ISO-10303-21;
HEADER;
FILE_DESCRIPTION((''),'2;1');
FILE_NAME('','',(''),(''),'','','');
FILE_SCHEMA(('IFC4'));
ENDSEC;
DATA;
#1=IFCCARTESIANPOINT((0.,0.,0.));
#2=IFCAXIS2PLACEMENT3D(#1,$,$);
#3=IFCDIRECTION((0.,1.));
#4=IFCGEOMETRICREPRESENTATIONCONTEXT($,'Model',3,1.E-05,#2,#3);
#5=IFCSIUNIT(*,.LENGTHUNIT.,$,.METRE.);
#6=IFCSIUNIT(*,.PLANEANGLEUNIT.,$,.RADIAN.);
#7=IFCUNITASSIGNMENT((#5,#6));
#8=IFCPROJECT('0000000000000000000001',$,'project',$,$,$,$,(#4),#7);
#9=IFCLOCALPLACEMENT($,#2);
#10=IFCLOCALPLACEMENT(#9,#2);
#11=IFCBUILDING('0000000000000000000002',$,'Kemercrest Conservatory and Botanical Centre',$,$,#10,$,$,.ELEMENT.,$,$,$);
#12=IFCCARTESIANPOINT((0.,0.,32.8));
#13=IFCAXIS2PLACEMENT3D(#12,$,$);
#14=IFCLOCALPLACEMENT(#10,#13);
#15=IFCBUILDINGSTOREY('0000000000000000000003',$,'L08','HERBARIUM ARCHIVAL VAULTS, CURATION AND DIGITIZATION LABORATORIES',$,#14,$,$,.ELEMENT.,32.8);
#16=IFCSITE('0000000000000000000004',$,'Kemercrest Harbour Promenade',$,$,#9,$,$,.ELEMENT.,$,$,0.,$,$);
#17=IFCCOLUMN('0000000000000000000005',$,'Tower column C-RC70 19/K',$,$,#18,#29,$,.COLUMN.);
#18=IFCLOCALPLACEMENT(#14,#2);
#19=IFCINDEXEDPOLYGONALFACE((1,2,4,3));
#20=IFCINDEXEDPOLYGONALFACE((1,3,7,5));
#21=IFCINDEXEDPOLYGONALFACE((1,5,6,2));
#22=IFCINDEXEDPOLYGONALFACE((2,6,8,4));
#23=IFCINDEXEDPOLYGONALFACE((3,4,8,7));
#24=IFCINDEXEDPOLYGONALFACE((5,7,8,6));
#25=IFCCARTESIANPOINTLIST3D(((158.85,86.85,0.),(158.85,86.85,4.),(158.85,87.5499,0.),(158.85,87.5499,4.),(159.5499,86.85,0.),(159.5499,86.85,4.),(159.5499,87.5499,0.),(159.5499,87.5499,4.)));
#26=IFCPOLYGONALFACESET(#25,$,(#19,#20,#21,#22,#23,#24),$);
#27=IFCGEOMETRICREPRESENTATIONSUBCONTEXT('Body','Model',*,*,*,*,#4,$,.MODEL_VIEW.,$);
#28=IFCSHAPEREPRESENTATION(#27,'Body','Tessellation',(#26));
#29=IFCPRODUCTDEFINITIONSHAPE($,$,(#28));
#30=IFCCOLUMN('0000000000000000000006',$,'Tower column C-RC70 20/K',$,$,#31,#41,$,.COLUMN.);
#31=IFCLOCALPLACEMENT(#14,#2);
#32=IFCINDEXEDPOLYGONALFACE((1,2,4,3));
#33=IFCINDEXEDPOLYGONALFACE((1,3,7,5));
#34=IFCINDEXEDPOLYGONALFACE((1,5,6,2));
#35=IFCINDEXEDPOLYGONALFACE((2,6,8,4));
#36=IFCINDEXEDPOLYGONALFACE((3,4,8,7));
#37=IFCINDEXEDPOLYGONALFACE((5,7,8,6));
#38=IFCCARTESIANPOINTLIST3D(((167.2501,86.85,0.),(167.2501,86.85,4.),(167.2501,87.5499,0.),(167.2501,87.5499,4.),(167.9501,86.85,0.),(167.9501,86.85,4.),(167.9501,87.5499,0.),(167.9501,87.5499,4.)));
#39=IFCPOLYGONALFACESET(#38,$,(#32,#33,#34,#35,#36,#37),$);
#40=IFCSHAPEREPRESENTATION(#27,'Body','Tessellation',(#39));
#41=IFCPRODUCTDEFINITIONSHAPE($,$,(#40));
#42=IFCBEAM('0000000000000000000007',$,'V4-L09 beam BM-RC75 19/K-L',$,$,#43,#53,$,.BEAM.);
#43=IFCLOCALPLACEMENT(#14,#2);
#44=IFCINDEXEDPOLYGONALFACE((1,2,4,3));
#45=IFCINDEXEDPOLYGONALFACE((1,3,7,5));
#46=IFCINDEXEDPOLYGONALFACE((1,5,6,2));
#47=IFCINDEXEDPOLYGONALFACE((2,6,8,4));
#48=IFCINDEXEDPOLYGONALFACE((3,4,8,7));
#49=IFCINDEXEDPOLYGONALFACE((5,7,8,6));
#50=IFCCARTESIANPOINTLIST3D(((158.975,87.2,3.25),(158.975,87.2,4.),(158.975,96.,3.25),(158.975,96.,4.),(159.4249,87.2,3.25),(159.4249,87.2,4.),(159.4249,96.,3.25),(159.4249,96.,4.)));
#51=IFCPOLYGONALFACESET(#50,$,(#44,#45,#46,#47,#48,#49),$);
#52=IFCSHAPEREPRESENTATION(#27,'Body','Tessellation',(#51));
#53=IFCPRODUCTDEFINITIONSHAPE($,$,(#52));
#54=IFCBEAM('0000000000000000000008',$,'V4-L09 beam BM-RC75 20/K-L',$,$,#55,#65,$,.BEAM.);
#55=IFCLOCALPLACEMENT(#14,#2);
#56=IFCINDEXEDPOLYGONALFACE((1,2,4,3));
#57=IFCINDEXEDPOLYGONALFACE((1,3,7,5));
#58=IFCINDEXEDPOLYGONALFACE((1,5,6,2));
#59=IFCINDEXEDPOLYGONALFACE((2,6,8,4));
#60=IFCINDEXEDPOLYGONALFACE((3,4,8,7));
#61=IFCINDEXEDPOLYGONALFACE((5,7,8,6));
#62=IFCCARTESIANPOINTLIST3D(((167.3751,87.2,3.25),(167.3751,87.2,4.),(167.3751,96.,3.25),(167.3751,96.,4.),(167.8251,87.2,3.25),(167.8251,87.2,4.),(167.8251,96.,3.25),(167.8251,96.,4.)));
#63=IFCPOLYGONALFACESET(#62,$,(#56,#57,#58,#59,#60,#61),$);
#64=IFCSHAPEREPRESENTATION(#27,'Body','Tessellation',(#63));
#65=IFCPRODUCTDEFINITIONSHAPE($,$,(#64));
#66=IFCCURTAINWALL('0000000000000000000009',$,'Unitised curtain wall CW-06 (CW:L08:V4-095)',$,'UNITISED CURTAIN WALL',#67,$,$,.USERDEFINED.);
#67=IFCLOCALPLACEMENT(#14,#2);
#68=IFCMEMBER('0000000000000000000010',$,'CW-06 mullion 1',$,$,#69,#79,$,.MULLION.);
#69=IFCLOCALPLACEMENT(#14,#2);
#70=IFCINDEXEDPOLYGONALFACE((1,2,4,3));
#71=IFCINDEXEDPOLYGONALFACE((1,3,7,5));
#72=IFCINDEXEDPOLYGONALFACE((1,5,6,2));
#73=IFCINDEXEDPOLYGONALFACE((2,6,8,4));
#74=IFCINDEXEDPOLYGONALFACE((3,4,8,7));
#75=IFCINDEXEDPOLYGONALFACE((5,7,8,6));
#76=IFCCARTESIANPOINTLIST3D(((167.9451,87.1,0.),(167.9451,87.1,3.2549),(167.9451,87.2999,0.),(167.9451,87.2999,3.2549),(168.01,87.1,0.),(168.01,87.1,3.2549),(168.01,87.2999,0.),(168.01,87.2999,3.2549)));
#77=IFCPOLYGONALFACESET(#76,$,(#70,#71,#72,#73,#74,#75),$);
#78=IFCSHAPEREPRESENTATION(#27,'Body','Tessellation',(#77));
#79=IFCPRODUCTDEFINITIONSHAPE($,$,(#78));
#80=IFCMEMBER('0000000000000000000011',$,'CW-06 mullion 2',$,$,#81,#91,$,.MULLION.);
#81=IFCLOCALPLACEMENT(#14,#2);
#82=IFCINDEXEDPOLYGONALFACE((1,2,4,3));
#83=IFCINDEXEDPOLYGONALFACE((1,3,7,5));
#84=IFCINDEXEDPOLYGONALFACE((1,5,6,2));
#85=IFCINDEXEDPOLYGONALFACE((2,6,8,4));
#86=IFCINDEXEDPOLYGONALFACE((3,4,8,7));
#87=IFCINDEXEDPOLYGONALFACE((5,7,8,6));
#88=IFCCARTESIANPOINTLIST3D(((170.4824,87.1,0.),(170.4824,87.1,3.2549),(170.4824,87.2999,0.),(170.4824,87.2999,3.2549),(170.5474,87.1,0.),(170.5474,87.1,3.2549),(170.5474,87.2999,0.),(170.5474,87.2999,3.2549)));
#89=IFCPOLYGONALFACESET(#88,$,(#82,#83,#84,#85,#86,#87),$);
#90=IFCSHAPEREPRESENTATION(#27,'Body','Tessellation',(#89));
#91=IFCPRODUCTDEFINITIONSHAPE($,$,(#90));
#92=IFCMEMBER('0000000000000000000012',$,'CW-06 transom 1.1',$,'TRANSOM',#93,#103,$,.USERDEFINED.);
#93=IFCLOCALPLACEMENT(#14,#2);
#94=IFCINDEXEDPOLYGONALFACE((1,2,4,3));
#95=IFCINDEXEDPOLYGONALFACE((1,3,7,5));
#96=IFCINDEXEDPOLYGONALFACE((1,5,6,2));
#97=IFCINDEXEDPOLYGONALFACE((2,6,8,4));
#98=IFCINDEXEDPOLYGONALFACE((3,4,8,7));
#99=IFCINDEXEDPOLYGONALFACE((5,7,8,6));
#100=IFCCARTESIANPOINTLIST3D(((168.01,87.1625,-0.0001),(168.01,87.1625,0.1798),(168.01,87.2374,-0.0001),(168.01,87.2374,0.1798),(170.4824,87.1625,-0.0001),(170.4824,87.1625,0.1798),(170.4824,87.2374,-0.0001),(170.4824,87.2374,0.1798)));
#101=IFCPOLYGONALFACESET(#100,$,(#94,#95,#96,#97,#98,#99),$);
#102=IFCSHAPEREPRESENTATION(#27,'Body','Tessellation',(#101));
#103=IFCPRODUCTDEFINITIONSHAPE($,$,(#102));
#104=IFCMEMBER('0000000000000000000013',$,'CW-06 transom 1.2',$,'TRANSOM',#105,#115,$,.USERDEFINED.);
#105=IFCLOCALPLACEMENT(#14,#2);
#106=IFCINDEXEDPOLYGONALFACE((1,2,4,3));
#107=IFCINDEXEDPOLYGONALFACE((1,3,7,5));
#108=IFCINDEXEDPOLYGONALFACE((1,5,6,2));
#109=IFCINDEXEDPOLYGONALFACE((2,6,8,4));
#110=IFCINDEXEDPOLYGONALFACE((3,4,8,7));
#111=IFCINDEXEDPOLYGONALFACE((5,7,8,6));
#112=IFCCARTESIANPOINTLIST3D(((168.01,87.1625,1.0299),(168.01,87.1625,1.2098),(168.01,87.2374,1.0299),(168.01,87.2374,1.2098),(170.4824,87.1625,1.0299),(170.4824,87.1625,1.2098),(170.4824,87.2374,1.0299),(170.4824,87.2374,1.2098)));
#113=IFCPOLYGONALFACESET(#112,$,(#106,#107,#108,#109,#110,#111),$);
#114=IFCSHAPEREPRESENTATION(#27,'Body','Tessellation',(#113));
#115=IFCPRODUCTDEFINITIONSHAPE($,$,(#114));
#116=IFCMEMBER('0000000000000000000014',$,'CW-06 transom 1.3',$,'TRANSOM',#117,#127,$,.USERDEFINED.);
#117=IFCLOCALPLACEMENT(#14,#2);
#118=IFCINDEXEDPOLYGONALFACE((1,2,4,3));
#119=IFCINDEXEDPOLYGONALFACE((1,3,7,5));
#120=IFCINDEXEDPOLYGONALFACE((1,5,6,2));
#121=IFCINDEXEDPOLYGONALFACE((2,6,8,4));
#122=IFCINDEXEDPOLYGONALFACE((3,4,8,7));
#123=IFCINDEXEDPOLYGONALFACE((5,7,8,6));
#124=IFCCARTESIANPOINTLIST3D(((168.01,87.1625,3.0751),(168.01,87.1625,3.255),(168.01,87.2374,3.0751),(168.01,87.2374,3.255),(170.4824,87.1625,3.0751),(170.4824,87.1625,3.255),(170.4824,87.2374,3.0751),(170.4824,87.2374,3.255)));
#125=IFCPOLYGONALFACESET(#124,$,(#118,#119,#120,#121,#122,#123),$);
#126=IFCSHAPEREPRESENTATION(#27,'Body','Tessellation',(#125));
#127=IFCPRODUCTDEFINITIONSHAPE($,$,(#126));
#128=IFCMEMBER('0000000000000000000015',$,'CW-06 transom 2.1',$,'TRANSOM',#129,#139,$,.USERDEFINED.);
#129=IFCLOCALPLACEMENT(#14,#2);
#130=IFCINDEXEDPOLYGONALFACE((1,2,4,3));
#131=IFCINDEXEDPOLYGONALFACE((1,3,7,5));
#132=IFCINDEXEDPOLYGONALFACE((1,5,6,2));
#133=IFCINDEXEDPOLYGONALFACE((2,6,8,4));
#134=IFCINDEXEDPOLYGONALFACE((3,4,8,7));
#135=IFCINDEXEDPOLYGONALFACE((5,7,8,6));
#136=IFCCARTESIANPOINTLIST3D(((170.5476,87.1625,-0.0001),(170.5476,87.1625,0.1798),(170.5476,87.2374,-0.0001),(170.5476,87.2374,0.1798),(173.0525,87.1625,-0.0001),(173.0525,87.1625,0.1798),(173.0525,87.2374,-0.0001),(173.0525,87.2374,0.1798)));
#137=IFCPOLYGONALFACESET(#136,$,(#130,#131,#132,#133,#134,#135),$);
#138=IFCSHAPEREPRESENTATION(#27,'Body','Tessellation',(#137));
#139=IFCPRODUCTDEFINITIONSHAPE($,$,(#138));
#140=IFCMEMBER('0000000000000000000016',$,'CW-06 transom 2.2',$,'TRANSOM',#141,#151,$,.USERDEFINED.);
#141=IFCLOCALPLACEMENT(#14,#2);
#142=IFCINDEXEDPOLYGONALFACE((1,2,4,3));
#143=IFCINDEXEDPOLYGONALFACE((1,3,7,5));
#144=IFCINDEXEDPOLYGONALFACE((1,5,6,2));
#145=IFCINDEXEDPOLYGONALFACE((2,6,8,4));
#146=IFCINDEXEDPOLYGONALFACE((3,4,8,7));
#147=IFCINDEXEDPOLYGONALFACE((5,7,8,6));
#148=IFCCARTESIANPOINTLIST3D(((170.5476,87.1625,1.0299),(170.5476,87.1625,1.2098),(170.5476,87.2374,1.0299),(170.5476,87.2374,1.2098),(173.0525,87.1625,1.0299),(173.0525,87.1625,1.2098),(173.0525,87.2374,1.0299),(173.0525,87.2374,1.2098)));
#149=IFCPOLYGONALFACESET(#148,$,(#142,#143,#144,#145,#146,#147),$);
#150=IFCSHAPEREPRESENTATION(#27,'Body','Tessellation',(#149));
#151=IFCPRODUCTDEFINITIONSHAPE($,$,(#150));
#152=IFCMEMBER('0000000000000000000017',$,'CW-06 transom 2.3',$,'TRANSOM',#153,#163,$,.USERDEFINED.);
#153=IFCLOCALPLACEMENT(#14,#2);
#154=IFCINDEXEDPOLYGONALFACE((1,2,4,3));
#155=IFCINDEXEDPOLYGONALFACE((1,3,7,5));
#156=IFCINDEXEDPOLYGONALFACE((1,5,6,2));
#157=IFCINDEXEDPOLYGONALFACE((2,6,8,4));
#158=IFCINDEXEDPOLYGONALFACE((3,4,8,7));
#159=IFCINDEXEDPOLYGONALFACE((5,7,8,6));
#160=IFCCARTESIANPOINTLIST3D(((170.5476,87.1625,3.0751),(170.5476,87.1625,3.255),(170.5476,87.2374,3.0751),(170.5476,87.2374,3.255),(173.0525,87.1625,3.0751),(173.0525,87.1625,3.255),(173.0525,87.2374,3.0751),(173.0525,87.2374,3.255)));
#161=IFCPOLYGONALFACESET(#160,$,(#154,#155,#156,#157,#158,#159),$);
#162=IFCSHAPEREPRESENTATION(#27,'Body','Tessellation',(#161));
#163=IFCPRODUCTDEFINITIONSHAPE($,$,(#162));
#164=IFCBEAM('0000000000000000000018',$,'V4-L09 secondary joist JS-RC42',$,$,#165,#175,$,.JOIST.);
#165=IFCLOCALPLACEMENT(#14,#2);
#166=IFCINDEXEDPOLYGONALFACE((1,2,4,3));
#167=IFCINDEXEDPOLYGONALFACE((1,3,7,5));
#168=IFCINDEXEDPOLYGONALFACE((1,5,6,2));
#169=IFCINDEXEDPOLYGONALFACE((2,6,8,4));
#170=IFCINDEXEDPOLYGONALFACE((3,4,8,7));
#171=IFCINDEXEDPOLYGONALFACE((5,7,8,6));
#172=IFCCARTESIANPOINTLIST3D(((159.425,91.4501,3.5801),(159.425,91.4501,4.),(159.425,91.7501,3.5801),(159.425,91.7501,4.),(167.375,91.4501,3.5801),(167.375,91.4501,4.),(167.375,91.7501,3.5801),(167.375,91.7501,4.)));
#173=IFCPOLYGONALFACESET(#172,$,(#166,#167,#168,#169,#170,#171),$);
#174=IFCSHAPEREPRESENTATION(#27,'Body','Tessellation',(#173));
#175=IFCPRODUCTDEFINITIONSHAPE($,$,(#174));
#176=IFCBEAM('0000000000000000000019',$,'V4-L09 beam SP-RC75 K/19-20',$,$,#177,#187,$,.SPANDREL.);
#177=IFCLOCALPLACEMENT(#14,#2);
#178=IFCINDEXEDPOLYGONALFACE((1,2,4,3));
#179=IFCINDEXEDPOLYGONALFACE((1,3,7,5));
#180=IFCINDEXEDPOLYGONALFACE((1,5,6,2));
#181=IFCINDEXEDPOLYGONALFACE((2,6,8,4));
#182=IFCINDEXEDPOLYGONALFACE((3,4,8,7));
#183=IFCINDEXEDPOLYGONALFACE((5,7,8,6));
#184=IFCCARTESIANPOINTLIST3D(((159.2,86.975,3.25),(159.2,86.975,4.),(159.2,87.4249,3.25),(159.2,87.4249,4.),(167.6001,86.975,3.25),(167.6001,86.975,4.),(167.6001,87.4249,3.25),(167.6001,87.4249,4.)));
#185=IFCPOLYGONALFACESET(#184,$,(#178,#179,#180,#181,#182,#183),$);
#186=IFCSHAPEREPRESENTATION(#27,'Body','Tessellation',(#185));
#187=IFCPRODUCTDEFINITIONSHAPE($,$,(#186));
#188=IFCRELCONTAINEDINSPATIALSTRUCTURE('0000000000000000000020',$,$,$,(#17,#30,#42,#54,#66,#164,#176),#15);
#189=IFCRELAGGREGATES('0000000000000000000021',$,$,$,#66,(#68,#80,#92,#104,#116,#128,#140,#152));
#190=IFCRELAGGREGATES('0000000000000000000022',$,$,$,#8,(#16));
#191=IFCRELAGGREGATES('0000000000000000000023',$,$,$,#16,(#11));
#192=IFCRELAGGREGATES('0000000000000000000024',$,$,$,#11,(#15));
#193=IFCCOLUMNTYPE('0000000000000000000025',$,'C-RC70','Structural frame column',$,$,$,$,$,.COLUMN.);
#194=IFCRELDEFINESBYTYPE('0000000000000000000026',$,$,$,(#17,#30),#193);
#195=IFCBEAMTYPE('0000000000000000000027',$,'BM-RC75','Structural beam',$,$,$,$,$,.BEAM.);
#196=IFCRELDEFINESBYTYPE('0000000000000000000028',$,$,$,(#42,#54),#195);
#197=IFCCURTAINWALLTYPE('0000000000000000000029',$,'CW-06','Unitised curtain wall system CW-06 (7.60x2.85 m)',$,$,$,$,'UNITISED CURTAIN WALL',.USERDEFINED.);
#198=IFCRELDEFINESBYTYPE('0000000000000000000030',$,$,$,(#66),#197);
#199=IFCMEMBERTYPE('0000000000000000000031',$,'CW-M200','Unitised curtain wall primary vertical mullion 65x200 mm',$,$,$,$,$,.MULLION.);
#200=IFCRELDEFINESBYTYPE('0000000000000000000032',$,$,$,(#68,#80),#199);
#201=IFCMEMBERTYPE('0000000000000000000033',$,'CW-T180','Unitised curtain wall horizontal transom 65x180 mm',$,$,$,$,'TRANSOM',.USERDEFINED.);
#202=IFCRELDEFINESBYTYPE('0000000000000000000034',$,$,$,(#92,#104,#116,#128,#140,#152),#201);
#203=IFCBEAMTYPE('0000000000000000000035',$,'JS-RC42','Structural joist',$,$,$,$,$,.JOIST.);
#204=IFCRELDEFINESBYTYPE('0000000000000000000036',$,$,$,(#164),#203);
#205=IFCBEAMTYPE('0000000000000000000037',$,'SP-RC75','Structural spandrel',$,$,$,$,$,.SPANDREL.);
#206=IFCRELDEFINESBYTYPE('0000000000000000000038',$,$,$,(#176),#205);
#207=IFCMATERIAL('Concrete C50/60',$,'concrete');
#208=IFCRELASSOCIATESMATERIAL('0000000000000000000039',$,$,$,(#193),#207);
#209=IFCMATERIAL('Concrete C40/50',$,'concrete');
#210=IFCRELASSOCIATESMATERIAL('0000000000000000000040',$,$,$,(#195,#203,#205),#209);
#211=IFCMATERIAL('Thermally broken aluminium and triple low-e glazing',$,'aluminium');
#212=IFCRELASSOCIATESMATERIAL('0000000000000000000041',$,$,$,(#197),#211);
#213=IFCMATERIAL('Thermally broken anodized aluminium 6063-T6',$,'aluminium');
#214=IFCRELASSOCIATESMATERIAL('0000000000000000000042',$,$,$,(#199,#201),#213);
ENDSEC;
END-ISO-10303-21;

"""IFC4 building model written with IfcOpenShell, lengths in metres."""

from ifc_helpers import new_model, si_unit, direction, frame, origin, origin_2d, place, context, subcontext, project, spatial, rectangle, extrude, material, material_profile, profile_set, type_object, element, aggregate, save


model = new_model("IFC4")

# Units and contexts
model_context = context("Model", 3, precision=1e-05, world=origin(), true_north=direction((0.0, 1.0)))
body_context = subcontext(model_context, "Body", "Model", "MODEL_VIEW")
ifc_project = project(units=[si_unit("LENGTHUNIT", "METRE"), si_unit("PLANEANGLEUNIT", "RADIAN")], contexts=[model_context])

# Site, building, storey
site_placement = place(None, origin())
site = spatial("IfcSite", under=ifc_project, at=site_placement, Name="Kemercrest Harbour Promenade", CompositionType="ELEMENT", RefElevation=0.0)
building_placement = place(site_placement, origin())
building = spatial("IfcBuilding", under=site, at=building_placement, Name="Kemercrest Conservatory and Botanical Centre", CompositionType="ELEMENT")
storey_placement = place(building_placement, frame((0.0, 0.0, 32.8)))
storey = spatial("IfcBuildingStorey", under=building, at=storey_placement, Name="L08", Description="HERBARIUM ARCHIVAL VAULTS, CURATION AND DIGITIZATION LABORATORIES", CompositionType="ELEMENT", Elevation=32.8)

# Columns
ifc_material_1 = material(Name="Concrete C50/60", Category="concrete")
ifc_material_profile_1 = material_profile(ifc_material_1, rectangle(XDim=0.7, YDim=0.7, at=origin_2d()), Name="RC 700x700")
ifc_profile_set_1 = profile_set([ifc_material_profile_1], Name="Concrete C50/60")
column_type = type_object("IfcColumnType", Name="C-RC70", Description="Structural frame column", PredefinedType="COLUMN", material=ifc_profile_set_1)
for number, where, z_axis, x_axis, name in (
    (1, (159.2, 87.2, 0.0), (0.0, 0.0, 1.0), (1.0, 0.0, 0.0), "Tower column C-RC70 19/K"),
    (2, (167.6001, 87.2, 0.0), (0.0, 0.0, 1.0), (1.0, 0.0, 0.0), "Tower column C-RC70 20/K"),
):
    element("IfcColumn", number, at=place(storey_placement, frame(where, z_axis=z_axis, x_axis=x_axis)), inside=storey, type_object=column_type, Name=name, PredefinedType="COLUMN", context=body_context, shape_type="SweptSolid", body=[
        extrude(rectangle(XDim=0.7, YDim=0.7, at=origin_2d()), origin(), (0.0, 0.0, 1.0), 4.0),
    ])

# Beams
ifc_material_2 = material(Name="Concrete C40/50", Category="concrete")
ifc_material_profile_2 = material_profile(ifc_material_2, rectangle(XDim=0.45, YDim=0.75, at=origin_2d()), Name="RC 450x750")
ifc_profile_set_2 = profile_set([ifc_material_profile_2], Name="Concrete C40/50")
beam_type_1 = type_object("IfcBeamType", Name="BM-RC75", Description="Structural beam", PredefinedType="BEAM", material=ifc_profile_set_2)
for number, where, z_axis, x_axis, name in (
    (3, (159.2, 87.2, 3.625), (0.0, 1.0, 0.0), (-1.0, 0.0, 0.0), "V4-L09 beam BM-RC75 19/K-L"),
    (4, (167.6001, 87.2, 3.625), (0.0, 1.0, 0.0), (-1.0, 0.0, 0.0), "V4-L09 beam BM-RC75 20/K-L"),
):
    element("IfcBeam", number, at=place(storey_placement, frame(where, z_axis=z_axis, x_axis=x_axis)), inside=storey, type_object=beam_type_1, Name=name, PredefinedType="BEAM", context=body_context, shape_type="SweptSolid", body=[
        extrude(rectangle(XDim=0.45, YDim=0.75, at=origin_2d()), origin(), (0.0, 0.0, 1.0), 8.8),
    ])

# Curtain wall, members
ifc_material_3 = material(Name="Thermally broken aluminium and triple low-e glazing", Category="aluminium")
curtain_wall_type = type_object("IfcCurtainWallType", Name="CW-06", Description="Unitised curtain wall system CW-06 (7.60x2.85 m)", ElementType="UNITISED CURTAIN WALL", PredefinedType="USERDEFINED", material=ifc_material_3)
curtain_wall_placement = place(storey_placement, origin())
curtain_wall = element("IfcCurtainWall", 5, at=curtain_wall_placement, inside=storey, type_object=curtain_wall_type, Name="Unitised curtain wall CW-06 (CW:L08:V4-095)", ObjectType="UNITISED CURTAIN WALL", PredefinedType="USERDEFINED")
ifc_material_4 = material(Name="Thermally broken anodized aluminium 6063-T6", Category="aluminium")
ifc_material_profile_3 = material_profile(ifc_material_4, rectangle(XDim=0.2, YDim=0.0649, at=origin_2d()), Name="AL MULLION 65x200")
ifc_profile_set_3 = profile_set([ifc_material_profile_3], Name="Thermally broken anodized aluminium 6063-T6")
member_type_1 = type_object("IfcMemberType", Name="CW-M200", Description="Unitised curtain wall primary vertical mullion 65x200 mm", PredefinedType="MULLION", material=ifc_profile_set_3)
member_1_placement = place(storey_placement, frame((167.9775, 87.2, 0.0), z_axis=(0.0, 0.0, 1.0), x_axis=(0.0, 1.0, 0.0)))
member_1 = element("IfcMember", 6, at=member_1_placement, type_object=member_type_1, Name="CW-06 mullion 1", PredefinedType="MULLION", context=body_context, shape_type="SweptSolid", body=[
    extrude(rectangle(XDim=0.2, YDim=0.0649, at=origin_2d()), origin(), (0.0, 0.0, 1.0), 3.2549),
])
member_2_placement = place(storey_placement, frame((170.5149, 87.2, 0.0), z_axis=(0.0, 0.0, 1.0), x_axis=(0.0, 1.0, 0.0)))
member_2 = element("IfcMember", 7, at=member_2_placement, type_object=member_type_1, Name="CW-06 mullion 2", PredefinedType="MULLION", context=body_context, shape_type="SweptSolid", body=[
    extrude(rectangle(XDim=0.2, YDim=0.0649, at=origin_2d()), origin(), (0.0, 0.0, 1.0), 3.2549),
])
ifc_material_profile_4 = material_profile(ifc_material_4, rectangle(XDim=0.075, YDim=0.1799, at=origin_2d()), Name="AL TRANSOM 75x180")
ifc_profile_set_4 = profile_set([ifc_material_profile_4], Name="Thermally broken anodized aluminium 6063-T6")
member_type_2 = type_object("IfcMemberType", Name="CW-T180", Description="Unitised curtain wall horizontal transom 65x180 mm", ElementType="TRANSOM", PredefinedType="USERDEFINED", material=ifc_profile_set_4)
member_3_placement = place(storey_placement, frame((168.01, 87.2, 0.0898), z_axis=(1.0, 0.0, 0.0), x_axis=(0.0, 1.0, 0.0)))
member_3 = element("IfcMember", 8, at=member_3_placement, type_object=member_type_2, Name="CW-06 transom 1.1", ObjectType="TRANSOM", PredefinedType="USERDEFINED", context=body_context, shape_type="SweptSolid", body=[
    extrude(rectangle(XDim=0.075, YDim=0.1799, at=origin_2d()), origin(), (0.0, 0.0, 1.0), 2.4724),
])
member_4_placement = place(storey_placement, frame((168.01, 87.2, 1.1199), z_axis=(1.0, 0.0, 0.0), x_axis=(0.0, 1.0, 0.0)))
member_4 = element("IfcMember", 9, at=member_4_placement, type_object=member_type_2, Name="CW-06 transom 1.2", ObjectType="TRANSOM", PredefinedType="USERDEFINED", context=body_context, shape_type="SweptSolid", body=[
    extrude(rectangle(XDim=0.075, YDim=0.1799, at=origin_2d()), origin(), (0.0, 0.0, 1.0), 2.4724),
])
member_5_placement = place(storey_placement, frame((168.01, 87.2, 3.165), z_axis=(1.0, 0.0, 0.0), x_axis=(0.0, 1.0, 0.0)))
member_5 = element("IfcMember", 10, at=member_5_placement, type_object=member_type_2, Name="CW-06 transom 1.3", ObjectType="TRANSOM", PredefinedType="USERDEFINED", context=body_context, shape_type="SweptSolid", body=[
    extrude(rectangle(XDim=0.075, YDim=0.1799, at=origin_2d()), origin(), (0.0, 0.0, 1.0), 2.4724),
])
member_6_placement = place(storey_placement, frame((170.5476, 87.2, 0.0898), z_axis=(1.0, 0.0, 0.0), x_axis=(0.0, 1.0, 0.0)))
member_6 = element("IfcMember", 11, at=member_6_placement, type_object=member_type_2, Name="CW-06 transom 2.1", ObjectType="TRANSOM", PredefinedType="USERDEFINED", context=body_context, shape_type="SweptSolid", body=[
    extrude(rectangle(XDim=0.075, YDim=0.1799, at=origin_2d()), origin(), (0.0, 0.0, 1.0), 2.5049),
])
member_7_placement = place(storey_placement, frame((170.5476, 87.2, 1.1199), z_axis=(1.0, 0.0, 0.0), x_axis=(0.0, 1.0, 0.0)))
member_7 = element("IfcMember", 12, at=member_7_placement, type_object=member_type_2, Name="CW-06 transom 2.2", ObjectType="TRANSOM", PredefinedType="USERDEFINED", context=body_context, shape_type="SweptSolid", body=[
    extrude(rectangle(XDim=0.075, YDim=0.1799, at=origin_2d()), origin(), (0.0, 0.0, 1.0), 2.5049),
])
member_8_placement = place(storey_placement, frame((170.5476, 87.2, 3.165), z_axis=(1.0, 0.0, 0.0), x_axis=(0.0, 1.0, 0.0)))
member_8 = element("IfcMember", 13, at=member_8_placement, type_object=member_type_2, Name="CW-06 transom 2.3", ObjectType="TRANSOM", PredefinedType="USERDEFINED", context=body_context, shape_type="SweptSolid", body=[
    extrude(rectangle(XDim=0.075, YDim=0.1799, at=origin_2d()), origin(), (0.0, 0.0, 1.0), 2.5049),
])

# Beams
ifc_material_profile_5 = material_profile(ifc_material_2, rectangle(XDim=0.3, YDim=0.4199, at=origin_2d()), Name="RC 300x420")
ifc_profile_set_5 = profile_set([ifc_material_profile_5], Name="Concrete C40/50")
beam_type_2 = type_object("IfcBeamType", Name="JS-RC42", Description="Structural joist", PredefinedType="JOIST", material=ifc_profile_set_5)
beam_1_placement = place(storey_placement, frame((159.425, 91.6001, 3.79), z_axis=(1.0, 0.0, 0.0), x_axis=(0.0, 1.0, 0.0)))
element("IfcBeam", 14, at=beam_1_placement, inside=storey, type_object=beam_type_2, Name="V4-L09 secondary joist JS-RC42", PredefinedType="JOIST", context=body_context, shape_type="SweptSolid", body=[
    extrude(rectangle(XDim=0.3, YDim=0.4199, at=origin_2d()), origin(), (0.0, 0.0, 1.0), 7.95),
])
ifc_material_profile_6 = material_profile(ifc_material_2, rectangle(XDim=0.45, YDim=0.75, at=origin_2d()), Name="RC 450x750")
ifc_profile_set_6 = profile_set([ifc_material_profile_6], Name="Concrete C40/50")
beam_type_3 = type_object("IfcBeamType", Name="SP-RC75", Description="Structural spandrel", PredefinedType="SPANDREL", material=ifc_profile_set_6)
beam_2_placement = place(storey_placement, frame((159.2, 87.2, 3.625), z_axis=(1.0, 0.0, 0.0), x_axis=(0.0, 1.0, 0.0)))
element("IfcBeam", 15, at=beam_2_placement, inside=storey, type_object=beam_type_3, Name="V4-L09 beam SP-RC75 K/19-20", PredefinedType="SPANDREL", context=body_context, shape_type="SweptSolid", body=[
    extrude(rectangle(XDim=0.45, YDim=0.75, at=origin_2d()), origin(), (0.0, 0.0, 1.0), 8.4001),
])

aggregate(curtain_wall, [member_1, member_2, member_3, member_4, member_5, member_6, member_7, member_8])

save(model, "model.ifc")
